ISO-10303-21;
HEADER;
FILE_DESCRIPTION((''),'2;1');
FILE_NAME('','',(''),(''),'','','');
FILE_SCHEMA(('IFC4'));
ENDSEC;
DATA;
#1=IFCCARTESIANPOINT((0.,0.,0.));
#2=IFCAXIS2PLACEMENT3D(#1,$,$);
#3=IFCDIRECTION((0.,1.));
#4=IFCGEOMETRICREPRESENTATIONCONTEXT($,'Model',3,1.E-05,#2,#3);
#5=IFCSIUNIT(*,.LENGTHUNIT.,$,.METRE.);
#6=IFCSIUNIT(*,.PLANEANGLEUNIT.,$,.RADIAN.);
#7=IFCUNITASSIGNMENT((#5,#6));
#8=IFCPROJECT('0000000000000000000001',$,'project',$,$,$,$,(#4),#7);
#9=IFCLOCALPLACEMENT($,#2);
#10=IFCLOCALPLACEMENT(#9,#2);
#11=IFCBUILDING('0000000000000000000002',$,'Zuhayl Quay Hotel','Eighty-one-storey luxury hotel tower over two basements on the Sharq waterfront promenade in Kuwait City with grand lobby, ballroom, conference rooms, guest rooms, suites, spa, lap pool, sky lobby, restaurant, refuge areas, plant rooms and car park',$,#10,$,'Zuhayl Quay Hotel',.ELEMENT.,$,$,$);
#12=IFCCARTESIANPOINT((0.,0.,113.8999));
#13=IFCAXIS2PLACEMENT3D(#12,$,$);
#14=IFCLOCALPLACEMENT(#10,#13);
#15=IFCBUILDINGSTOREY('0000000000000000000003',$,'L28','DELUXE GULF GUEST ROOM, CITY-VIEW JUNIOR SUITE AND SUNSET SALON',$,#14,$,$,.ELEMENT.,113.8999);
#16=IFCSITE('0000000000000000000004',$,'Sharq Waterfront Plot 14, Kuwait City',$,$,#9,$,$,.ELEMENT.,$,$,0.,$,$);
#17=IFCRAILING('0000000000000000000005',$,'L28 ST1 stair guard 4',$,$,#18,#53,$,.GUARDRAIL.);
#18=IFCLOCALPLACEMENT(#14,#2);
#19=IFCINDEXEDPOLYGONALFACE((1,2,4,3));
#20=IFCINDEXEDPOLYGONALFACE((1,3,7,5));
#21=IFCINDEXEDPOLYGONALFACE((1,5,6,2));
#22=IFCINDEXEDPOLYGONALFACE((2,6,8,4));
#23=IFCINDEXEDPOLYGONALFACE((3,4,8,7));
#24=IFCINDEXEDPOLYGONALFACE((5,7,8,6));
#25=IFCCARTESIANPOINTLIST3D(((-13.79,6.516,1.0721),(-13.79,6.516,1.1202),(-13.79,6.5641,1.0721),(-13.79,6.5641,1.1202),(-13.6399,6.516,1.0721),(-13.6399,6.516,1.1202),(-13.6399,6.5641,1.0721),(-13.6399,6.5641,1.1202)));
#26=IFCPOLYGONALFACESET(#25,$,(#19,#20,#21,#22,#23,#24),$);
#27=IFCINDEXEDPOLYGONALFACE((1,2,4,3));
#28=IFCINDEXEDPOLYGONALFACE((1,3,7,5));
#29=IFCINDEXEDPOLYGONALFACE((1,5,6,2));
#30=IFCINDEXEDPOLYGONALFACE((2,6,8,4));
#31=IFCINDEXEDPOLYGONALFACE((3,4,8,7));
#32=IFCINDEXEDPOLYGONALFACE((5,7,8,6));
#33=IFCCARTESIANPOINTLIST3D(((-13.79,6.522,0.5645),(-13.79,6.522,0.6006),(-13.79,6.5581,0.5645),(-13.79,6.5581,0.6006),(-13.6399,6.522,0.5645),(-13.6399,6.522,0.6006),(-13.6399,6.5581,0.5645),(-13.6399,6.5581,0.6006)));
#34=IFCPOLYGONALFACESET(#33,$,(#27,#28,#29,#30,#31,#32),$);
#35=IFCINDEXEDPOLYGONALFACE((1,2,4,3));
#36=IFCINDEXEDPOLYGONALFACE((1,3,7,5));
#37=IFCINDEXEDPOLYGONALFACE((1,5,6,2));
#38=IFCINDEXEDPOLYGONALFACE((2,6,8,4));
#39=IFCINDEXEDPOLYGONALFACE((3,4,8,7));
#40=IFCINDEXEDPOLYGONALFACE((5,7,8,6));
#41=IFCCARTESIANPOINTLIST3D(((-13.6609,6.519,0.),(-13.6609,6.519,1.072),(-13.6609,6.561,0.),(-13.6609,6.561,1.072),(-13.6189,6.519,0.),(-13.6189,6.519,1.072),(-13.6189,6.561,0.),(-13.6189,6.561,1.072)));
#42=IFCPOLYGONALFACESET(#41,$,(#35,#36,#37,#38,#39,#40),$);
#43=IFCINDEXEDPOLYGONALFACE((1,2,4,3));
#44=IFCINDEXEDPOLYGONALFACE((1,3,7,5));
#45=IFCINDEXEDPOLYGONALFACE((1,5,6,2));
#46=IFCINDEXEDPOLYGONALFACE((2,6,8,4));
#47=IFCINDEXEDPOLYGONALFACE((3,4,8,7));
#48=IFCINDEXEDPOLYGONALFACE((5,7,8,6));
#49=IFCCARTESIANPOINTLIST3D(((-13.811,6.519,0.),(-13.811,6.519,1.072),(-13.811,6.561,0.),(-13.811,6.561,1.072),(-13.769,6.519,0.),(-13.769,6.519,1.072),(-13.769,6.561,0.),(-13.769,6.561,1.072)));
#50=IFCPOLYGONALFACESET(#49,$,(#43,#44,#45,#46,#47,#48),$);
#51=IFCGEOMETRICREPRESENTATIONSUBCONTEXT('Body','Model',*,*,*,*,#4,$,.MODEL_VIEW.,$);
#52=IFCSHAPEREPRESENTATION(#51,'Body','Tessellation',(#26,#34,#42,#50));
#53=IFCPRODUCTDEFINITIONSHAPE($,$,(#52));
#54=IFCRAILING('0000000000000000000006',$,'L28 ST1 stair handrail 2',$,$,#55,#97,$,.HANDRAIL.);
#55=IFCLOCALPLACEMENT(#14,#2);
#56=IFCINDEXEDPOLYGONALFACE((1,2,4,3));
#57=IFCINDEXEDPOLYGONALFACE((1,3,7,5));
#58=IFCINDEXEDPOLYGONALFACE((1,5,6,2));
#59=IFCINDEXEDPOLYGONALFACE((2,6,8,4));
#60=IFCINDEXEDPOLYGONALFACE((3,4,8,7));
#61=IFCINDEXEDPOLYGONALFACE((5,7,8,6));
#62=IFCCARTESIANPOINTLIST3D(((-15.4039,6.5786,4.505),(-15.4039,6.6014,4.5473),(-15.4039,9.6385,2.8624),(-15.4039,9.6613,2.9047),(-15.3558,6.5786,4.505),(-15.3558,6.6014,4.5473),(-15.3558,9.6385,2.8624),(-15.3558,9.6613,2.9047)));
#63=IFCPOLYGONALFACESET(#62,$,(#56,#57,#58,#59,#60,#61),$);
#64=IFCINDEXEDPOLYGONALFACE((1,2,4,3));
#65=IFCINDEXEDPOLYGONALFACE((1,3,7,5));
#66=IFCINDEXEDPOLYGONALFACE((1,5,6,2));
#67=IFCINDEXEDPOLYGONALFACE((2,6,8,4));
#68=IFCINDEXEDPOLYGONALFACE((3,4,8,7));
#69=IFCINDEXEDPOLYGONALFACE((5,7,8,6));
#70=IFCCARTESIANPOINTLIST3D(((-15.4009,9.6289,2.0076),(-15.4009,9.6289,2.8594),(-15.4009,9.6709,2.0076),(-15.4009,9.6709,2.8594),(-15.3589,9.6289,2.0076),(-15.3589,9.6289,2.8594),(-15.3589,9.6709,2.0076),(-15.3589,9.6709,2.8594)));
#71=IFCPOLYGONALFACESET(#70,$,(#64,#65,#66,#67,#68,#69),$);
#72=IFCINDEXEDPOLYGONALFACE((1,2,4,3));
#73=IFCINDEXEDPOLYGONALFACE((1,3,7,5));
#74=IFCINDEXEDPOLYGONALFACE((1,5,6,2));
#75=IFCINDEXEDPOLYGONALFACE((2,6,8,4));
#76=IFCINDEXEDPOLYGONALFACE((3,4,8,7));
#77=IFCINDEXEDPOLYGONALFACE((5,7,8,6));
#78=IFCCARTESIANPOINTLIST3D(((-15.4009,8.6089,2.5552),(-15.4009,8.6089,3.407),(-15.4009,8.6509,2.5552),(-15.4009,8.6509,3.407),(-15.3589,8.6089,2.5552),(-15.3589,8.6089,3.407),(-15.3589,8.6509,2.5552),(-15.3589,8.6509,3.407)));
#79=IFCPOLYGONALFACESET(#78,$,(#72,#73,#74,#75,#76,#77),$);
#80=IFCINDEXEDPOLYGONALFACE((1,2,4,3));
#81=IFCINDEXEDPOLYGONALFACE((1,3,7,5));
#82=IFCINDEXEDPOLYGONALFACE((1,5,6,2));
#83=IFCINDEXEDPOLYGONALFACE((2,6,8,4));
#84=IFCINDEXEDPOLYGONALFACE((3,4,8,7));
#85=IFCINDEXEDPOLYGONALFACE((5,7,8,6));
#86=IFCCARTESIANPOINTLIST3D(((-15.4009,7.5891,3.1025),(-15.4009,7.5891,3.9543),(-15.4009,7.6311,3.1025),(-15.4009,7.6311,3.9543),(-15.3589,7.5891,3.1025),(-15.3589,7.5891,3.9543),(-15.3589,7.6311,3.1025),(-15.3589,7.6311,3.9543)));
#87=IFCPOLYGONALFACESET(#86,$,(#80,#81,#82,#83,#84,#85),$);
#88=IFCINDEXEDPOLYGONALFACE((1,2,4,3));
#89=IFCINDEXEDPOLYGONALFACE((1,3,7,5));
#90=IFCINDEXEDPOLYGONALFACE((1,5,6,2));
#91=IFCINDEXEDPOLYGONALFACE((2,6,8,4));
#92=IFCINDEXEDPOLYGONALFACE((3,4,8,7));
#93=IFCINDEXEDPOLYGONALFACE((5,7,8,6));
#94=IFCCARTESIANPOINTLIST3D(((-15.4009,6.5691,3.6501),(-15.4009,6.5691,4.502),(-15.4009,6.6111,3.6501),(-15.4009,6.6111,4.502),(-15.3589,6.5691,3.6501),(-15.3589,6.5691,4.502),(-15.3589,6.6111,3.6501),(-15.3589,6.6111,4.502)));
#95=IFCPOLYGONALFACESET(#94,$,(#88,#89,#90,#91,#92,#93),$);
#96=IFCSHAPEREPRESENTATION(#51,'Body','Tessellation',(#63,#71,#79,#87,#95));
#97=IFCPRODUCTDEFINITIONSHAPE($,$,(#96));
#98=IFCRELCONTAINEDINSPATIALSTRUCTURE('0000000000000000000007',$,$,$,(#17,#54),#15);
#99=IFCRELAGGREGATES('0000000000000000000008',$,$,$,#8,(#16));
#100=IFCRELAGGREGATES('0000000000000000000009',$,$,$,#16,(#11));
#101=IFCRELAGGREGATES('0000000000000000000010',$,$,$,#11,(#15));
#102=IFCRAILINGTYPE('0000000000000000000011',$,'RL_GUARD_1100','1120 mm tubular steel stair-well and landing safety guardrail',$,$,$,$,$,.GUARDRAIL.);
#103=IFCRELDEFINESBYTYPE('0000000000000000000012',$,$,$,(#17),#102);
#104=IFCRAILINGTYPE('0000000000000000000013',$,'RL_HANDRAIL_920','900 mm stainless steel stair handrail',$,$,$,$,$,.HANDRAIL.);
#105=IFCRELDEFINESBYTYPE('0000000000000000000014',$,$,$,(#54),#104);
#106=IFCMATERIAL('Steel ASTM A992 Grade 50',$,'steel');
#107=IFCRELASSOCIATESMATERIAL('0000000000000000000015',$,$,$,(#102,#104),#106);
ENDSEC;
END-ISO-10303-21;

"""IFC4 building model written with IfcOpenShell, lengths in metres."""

from ifc_helpers import new_model, si_unit, direction, frame, origin, origin_2d, place, context, subcontext, project, spatial, rectangle, extrude, material, type_object, element, save


model = new_model("IFC4")

# Units and contexts
model_context = context("Model", 3, precision=1e-05, world=origin(), true_north=direction((0.0, 1.0)))
body_context = subcontext(model_context, "Body", "Model", "MODEL_VIEW")
ifc_project = project(units=[si_unit("LENGTHUNIT", "METRE"), si_unit("PLANEANGLEUNIT", "RADIAN")], contexts=[model_context])

# Site, building, storey
site_placement = place(None, origin())
site = spatial("IfcSite", under=ifc_project, at=site_placement, Name="Sharq Waterfront Plot 14, Kuwait City", CompositionType="ELEMENT", RefElevation=0.0)
building_placement = place(site_placement, origin())
building = spatial("IfcBuilding", under=site, at=building_placement, Name="Zuhayl Quay Hotel", Description="Eighty-one-storey luxury hotel tower over two basements on the Sharq waterfront promenade in Kuwait City with grand lobby, ballroom, conference rooms, guest rooms, suites, spa, lap pool, sky lobby, restaurant, refuge areas, plant rooms and car park", LongName="Zuhayl Quay Hotel", CompositionType="ELEMENT")
storey_placement = place(building_placement, frame((0.0, 0.0, 113.8999)))
storey = spatial("IfcBuildingStorey", under=building, at=storey_placement, Name="L28", Description="DELUXE GULF GUEST ROOM, CITY-VIEW JUNIOR SUITE AND SUNSET SALON", CompositionType="ELEMENT", Elevation=113.8999)

# Shared definitions
ifc_material_1 = material(Name="Steel ASTM A992 Grade 50", Category="steel")

# Railings
railing_type_1 = type_object("IfcRailingType", Name="RL_GUARD_1100", Description="1120 mm tubular steel stair-well and landing safety guardrail", PredefinedType="GUARDRAIL", material=ifc_material_1)
railing_1_placement = place(storey_placement, frame((-13.6399, 6.54, 0.0)))
element("IfcRailing", 1, at=railing_1_placement, inside=storey, type_object=railing_type_1, Name="L28 ST1 stair guard 4", PredefinedType="GUARDRAIL", context=body_context, shape_type="SweptSolid", body=[
    extrude(rectangle(XDim=0.0481, YDim=0.0481, at=origin_2d()), frame((0.0, 0.0, 1.0962), z_axis=(-1.0, 0.0, 0.0), x_axis=(0.0, -1.0, 0.0)), (0.0, 0.0, 1.0), 0.1501),
    extrude(rectangle(XDim=0.0361, YDim=0.0361, at=origin_2d()), frame((0.0, 0.0, 0.5825), z_axis=(-1.0, 0.0, 0.0), x_axis=(0.0, -1.0, 0.0)), (0.0, 0.0, 1.0), 0.1501),
    extrude(rectangle(XDim=0.042, YDim=0.042, at=origin_2d()), origin(), (0.0, 0.0, 1.0), 1.072),
    extrude(rectangle(XDim=0.042, YDim=0.042, at=origin_2d()), frame((-0.1501, 0.0, 0.0)), (0.0, 0.0, 1.0), 1.072),
])
railing_type_2 = type_object("IfcRailingType", Name="RL_HANDRAIL_920", Description="900 mm stainless steel stair handrail", PredefinedType="HANDRAIL", material=ifc_material_1)
railing_2_placement = place(storey_placement, frame((-15.3799, 9.6499, 2.0076)))
element("IfcRailing", 2, at=railing_2_placement, inside=storey, type_object=railing_type_2, Name="L28 ST1 stair handrail 2", PredefinedType="HANDRAIL", context=body_context, shape_type="SweptSolid", body=[
    extrude(rectangle(XDim=0.0481, YDim=0.0481, at=origin_2d()), frame((0.0, 0.0, 0.876), z_axis=(0.0, -0.881073, 0.47298), x_axis=(1.0, 0.0, 0.0)), (0.0, 0.0, 1.0), 3.4729),
    extrude(rectangle(XDim=0.042, YDim=0.042, at=origin_2d()), origin(), (0.0, 0.0, 1.0), 0.8518),
    extrude(rectangle(XDim=0.042, YDim=0.042, at=origin_2d()), frame((0.0, -1.02, 0.5476)), (0.0, 0.0, 1.0), 0.8518),
    extrude(rectangle(XDim=0.042, YDim=0.042, at=origin_2d()), frame((0.0, -2.0398, 1.095)), (0.0, 0.0, 1.0), 0.8518),
    extrude(rectangle(XDim=0.042, YDim=0.042, at=origin_2d()), frame((0.0, -3.0598, 1.6426)), (0.0, 0.0, 1.0), 0.8518),
])

save(model, "model.ifc")
